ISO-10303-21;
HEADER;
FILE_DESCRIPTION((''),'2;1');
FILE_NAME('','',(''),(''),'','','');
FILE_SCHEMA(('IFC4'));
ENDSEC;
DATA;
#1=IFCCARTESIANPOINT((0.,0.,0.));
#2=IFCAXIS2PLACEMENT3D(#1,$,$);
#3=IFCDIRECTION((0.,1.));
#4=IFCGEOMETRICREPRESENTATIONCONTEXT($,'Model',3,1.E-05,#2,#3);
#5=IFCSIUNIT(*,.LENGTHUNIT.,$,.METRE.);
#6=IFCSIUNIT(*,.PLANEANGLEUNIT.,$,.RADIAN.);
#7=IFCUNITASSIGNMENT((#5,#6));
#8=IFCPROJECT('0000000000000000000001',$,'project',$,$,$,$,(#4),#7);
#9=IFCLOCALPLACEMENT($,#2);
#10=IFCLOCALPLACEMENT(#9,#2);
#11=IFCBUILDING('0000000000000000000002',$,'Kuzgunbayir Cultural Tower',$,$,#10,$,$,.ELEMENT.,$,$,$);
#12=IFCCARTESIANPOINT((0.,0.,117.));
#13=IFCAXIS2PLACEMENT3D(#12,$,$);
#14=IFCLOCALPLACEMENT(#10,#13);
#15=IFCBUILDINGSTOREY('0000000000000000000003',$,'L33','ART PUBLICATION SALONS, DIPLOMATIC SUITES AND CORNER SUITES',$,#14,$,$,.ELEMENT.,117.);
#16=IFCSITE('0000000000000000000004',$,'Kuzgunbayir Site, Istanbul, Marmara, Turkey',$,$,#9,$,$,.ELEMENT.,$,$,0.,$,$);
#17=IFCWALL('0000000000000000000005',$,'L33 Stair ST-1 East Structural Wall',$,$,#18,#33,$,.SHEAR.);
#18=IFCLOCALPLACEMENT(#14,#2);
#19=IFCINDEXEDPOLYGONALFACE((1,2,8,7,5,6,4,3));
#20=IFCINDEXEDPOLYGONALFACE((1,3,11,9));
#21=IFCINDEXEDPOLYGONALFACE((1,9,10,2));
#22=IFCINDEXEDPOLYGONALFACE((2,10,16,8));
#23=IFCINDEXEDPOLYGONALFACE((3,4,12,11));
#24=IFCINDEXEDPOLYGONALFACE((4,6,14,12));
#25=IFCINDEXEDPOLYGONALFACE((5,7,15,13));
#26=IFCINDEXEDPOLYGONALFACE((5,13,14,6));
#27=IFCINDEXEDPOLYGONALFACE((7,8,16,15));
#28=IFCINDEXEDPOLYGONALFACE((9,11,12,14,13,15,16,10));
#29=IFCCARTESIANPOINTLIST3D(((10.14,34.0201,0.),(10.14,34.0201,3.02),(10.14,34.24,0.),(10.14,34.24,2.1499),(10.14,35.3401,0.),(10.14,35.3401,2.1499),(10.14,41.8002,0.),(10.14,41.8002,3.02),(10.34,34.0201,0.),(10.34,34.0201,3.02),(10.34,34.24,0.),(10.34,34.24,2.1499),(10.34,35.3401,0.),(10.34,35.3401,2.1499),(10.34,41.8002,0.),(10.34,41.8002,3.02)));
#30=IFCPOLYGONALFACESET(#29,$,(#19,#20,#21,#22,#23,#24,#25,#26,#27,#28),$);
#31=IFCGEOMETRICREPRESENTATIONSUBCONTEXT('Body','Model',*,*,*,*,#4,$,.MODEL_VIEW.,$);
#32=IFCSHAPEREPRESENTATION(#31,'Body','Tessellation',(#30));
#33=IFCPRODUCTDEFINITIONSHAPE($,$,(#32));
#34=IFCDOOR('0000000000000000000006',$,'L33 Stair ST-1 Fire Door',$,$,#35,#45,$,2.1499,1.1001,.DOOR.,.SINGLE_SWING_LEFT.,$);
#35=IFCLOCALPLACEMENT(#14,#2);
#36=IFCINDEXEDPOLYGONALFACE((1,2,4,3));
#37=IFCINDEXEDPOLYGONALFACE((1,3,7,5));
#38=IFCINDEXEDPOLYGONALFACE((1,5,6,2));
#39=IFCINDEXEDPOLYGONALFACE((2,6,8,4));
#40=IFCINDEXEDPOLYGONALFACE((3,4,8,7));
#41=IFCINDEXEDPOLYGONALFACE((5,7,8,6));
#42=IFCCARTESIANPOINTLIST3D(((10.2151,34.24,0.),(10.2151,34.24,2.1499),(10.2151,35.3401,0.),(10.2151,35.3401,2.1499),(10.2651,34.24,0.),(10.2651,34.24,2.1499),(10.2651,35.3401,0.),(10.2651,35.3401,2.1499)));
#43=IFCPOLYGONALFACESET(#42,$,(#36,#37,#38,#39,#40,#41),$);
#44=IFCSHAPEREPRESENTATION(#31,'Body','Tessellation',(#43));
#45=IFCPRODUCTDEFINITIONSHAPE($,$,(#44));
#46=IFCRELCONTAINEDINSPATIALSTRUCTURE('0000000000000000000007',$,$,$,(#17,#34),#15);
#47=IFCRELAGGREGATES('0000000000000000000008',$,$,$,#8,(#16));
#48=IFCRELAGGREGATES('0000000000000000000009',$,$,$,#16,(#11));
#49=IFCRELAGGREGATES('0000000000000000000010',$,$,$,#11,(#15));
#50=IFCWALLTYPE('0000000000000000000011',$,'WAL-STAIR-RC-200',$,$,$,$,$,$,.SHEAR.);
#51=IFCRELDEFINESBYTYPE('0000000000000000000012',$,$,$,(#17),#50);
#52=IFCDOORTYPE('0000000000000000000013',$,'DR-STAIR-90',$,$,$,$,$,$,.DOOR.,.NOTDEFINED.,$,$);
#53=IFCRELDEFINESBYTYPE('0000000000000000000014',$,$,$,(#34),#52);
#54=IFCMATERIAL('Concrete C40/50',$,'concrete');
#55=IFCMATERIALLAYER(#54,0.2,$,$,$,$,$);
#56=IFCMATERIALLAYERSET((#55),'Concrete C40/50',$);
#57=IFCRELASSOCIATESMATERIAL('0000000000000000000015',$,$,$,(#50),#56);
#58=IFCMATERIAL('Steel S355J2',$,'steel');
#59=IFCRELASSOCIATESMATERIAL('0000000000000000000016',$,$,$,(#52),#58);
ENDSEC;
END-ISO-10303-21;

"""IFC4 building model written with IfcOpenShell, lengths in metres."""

from ifc_helpers import new_model, si_unit, direction, frame, frame_2d, origin, place, context, subcontext, project, spatial, rectangle, extrude, material, layer, layer_set, type_object, element, fill, save


model = new_model("IFC4")

# Units and contexts
model_context = context("Model", 3, precision=1e-05, world=origin(), true_north=direction((0.0, 1.0)))
body_context = subcontext(model_context, "Body", "Model", "MODEL_VIEW")
ifc_project = project(units=[si_unit("LENGTHUNIT", "METRE"), si_unit("PLANEANGLEUNIT", "RADIAN")], contexts=[model_context])

# Site, building, storey
site_placement = place(None, origin())
site = spatial("IfcSite", under=ifc_project, at=site_placement, Name="Kuzgunbayir Site, Istanbul, Marmara, Turkey", CompositionType="ELEMENT", RefElevation=0.0)
building_placement = place(site_placement, origin())
building = spatial("IfcBuilding", under=site, at=building_placement, Name="Kuzgunbayir Cultural Tower", CompositionType="ELEMENT")
storey_placement = place(building_placement, frame((0.0, 0.0, 117.0)))
storey = spatial("IfcBuildingStorey", under=building, at=storey_placement, Name="L33", Description="ART PUBLICATION SALONS, DIPLOMATIC SUITES AND CORNER SUITES", CompositionType="ELEMENT", Elevation=117.0)

# Shared definitions
ifc_material_1 = material(Name="Steel S355J2", Category="steel")

# Shared definitions
ifc_material_2 = material(Name="Concrete C40/50", Category="concrete")

# Wall, opening, door
ifc_layer_1 = layer(ifc_material_2, 0.2)
ifc_layer_set_1 = layer_set([ifc_layer_1], Name="Concrete C40/50")
wall_type_1 = type_object("IfcWallType", Name="WAL-STAIR-RC-200", PredefinedType="SHEAR", material=ifc_layer_set_1)
wall_1_placement = place(storey_placement, frame((10.24, 34.02, 0.0), z_axis=(0.0, 0.0, 1.0), x_axis=(0.0, 1.0, 0.0)))
wall_1 = element("IfcWall", 1, at=wall_1_placement, inside=storey, type_object=wall_type_1, Name="L33 Stair ST-1 East Structural Wall", PredefinedType="SHEAR", context=body_context, shape_type="SweptSolid", body=[
    extrude(rectangle(XDim=7.78, YDim=0.2, at=frame_2d((3.8901, 0.0))), origin(), (0.0, 0.0, 1.0), 3.02),
])
opening_1_placement = place(wall_1_placement, frame((0.22, 0.0, 0.0)))
opening_1 = element("IfcOpeningElement", 2, at=opening_1_placement, cuts=wall_1, PredefinedType="OPENING", context=body_context, shape_type="SweptSolid", body=[
    extrude(rectangle(XDim=1.1001, YDim=2.1499, at=frame_2d((0.55, 1.075))), frame((0.0, 0.1099, 0.0), z_axis=(0.0, -1.0, 0.0), x_axis=(1.0, 0.0, 0.0)), (0.0, 0.0, 1.0), 0.22),
])
door_type_1 = type_object("IfcDoorType", Name="DR-STAIR-90", OperationType="NOTDEFINED", PredefinedType="DOOR", material=ifc_material_1)
door_1_placement = place(opening_1_placement, origin())
door_1 = element("IfcDoor", 3, at=door_1_placement, inside=storey, type_object=door_type_1, Name="L33 Stair ST-1 Fire Door", OperationType="SINGLE_SWING_LEFT", OverallHeight=2.1499, OverallWidth=1.1001, PredefinedType="DOOR", context=body_context, shape_type="SweptSolid", body=[
    extrude(rectangle(XDim=1.1001, YDim=2.1499, at=frame_2d((0.55, 1.075))), frame((0.0, 0.0249, 0.0), z_axis=(0.0, -1.0, 0.0), x_axis=(1.0, 0.0, 0.0)), (0.0, 0.0, 1.0), 0.05),
])
fill(opening_1, door_1)

save(model, "model.ifc")
